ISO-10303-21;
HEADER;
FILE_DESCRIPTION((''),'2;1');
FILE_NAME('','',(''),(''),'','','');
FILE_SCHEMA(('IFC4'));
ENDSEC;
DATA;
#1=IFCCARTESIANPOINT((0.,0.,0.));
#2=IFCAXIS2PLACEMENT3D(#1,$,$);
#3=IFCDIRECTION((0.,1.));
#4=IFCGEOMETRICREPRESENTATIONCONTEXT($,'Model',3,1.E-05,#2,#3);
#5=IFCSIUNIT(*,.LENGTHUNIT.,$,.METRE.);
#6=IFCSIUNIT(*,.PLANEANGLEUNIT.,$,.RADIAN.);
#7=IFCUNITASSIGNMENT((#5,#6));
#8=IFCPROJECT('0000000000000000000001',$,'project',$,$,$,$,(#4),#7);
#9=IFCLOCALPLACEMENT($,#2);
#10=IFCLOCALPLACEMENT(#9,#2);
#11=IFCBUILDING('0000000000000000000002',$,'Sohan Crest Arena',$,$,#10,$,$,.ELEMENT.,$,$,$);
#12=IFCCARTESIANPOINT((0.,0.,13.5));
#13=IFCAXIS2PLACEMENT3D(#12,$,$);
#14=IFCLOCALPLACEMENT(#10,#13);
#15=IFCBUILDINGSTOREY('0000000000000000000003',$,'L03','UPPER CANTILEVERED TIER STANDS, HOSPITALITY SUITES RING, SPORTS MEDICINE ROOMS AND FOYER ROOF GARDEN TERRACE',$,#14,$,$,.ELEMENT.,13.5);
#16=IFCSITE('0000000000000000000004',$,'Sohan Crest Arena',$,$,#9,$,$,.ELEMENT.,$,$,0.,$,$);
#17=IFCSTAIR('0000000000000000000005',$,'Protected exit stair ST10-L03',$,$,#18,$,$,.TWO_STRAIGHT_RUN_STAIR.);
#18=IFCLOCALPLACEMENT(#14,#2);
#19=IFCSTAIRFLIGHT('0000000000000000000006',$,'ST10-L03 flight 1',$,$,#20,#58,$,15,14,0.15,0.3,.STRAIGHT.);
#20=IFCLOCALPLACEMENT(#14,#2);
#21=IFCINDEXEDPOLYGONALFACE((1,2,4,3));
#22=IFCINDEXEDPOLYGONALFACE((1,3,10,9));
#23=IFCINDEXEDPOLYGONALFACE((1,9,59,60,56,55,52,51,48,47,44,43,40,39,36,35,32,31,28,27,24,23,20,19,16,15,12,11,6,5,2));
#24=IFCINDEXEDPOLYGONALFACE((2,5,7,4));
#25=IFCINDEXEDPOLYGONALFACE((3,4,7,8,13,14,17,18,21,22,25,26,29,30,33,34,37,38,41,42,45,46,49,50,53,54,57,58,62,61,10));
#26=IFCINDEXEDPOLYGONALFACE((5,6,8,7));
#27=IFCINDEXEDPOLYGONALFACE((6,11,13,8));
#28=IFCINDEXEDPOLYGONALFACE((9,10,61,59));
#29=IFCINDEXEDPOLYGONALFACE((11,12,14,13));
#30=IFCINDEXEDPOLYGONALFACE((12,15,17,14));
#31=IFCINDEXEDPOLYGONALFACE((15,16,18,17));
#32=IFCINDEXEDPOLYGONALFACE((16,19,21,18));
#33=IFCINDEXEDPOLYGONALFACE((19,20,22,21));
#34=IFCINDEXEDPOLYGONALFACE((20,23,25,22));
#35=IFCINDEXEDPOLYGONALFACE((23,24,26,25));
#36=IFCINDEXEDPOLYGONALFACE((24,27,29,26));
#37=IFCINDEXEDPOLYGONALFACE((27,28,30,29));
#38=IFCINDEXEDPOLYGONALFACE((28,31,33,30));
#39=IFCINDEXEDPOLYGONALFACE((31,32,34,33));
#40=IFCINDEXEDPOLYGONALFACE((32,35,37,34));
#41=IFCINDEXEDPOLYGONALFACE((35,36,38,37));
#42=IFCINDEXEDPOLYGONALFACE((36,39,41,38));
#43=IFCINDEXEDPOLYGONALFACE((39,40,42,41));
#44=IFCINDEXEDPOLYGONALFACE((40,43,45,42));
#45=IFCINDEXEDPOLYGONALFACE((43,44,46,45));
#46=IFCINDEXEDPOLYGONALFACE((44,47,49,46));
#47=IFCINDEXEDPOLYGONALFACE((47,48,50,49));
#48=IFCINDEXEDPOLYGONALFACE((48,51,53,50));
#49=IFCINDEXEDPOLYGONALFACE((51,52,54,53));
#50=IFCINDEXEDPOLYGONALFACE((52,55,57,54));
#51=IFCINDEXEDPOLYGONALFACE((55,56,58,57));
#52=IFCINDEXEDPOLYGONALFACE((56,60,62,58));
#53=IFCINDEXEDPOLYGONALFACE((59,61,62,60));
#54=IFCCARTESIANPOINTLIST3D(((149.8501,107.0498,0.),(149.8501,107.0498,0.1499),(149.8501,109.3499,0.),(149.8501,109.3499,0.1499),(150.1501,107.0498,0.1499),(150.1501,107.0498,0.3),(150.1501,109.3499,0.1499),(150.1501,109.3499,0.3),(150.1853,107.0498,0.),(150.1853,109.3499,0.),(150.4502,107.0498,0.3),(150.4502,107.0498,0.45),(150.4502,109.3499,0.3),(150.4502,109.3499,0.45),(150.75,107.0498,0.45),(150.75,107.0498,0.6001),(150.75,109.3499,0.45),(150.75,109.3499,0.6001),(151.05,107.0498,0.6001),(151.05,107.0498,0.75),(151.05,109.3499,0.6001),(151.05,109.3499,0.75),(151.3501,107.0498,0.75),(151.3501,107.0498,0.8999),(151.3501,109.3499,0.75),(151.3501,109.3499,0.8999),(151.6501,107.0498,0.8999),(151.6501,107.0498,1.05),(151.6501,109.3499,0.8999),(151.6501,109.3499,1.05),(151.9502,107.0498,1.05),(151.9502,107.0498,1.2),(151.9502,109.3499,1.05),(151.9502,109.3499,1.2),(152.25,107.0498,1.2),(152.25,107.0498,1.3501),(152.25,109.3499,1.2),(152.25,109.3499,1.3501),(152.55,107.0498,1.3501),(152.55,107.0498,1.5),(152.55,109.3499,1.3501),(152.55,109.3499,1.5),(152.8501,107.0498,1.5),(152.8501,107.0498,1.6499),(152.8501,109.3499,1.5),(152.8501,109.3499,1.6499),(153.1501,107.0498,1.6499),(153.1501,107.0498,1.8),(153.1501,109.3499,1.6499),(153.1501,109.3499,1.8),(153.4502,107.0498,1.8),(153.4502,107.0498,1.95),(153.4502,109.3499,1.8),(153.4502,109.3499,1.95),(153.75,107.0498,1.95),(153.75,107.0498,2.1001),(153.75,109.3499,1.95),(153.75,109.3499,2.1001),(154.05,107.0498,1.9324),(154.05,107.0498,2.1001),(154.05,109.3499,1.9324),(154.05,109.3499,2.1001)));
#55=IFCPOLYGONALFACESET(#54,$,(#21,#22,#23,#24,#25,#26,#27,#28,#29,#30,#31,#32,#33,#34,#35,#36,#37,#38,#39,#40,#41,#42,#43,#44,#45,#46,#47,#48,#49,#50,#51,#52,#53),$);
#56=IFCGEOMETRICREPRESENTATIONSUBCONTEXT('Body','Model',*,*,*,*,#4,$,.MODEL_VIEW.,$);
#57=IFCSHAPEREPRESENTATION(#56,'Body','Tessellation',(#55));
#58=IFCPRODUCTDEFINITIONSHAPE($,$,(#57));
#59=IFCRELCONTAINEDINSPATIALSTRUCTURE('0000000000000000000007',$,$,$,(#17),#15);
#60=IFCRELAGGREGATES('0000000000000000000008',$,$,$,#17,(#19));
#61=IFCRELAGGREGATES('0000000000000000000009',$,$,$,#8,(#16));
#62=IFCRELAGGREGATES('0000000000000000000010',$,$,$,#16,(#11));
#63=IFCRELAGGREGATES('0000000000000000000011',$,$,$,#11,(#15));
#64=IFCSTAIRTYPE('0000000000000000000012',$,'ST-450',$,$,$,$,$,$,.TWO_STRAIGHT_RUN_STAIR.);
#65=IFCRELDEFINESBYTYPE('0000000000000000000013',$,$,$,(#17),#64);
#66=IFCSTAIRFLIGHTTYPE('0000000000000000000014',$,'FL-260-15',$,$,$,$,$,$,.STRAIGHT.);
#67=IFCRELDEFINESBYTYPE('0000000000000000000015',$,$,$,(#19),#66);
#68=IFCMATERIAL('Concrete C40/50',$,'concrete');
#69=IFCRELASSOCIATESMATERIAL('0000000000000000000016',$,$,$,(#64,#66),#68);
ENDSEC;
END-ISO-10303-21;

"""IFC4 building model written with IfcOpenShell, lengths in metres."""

from ifc_helpers import new_model, si_unit, direction, frame, origin, place, context, subcontext, project, spatial, polyline, outline, extrude, material, type_object, element, aggregate, save


model = new_model("IFC4")

# Units and contexts
model_context = context("Model", 3, precision=1e-05, world=origin(), true_north=direction((0.0, 1.0)))
body_context = subcontext(model_context, "Body", "Model", "MODEL_VIEW")
ifc_project = project(units=[si_unit("LENGTHUNIT", "METRE"), si_unit("PLANEANGLEUNIT", "RADIAN")], contexts=[model_context])

# Site, building, storey
site_placement = place(None, origin())
site = spatial("IfcSite", under=ifc_project, at=site_placement, Name="Sohan Crest Arena", CompositionType="ELEMENT", RefElevation=0.0)
building_placement = place(site_placement, origin())
building = spatial("IfcBuilding", under=site, at=building_placement, Name="Sohan Crest Arena", CompositionType="ELEMENT")
storey_placement = place(building_placement, frame((0.0, 0.0, 13.5)))
storey = spatial("IfcBuildingStorey", under=building, at=storey_placement, Name="L03", Description="UPPER CANTILEVERED TIER STANDS, HOSPITALITY SUITES RING, SPORTS MEDICINE ROOMS AND FOYER ROOF GARDEN TERRACE", CompositionType="ELEMENT", Elevation=13.5)

# Shared definitions
ifc_material_1 = material(Name="Concrete C40/50", Category="concrete")

# Stair, stair flight
stair_type = type_object("IfcStairType", Name="ST-450", PredefinedType="TWO_STRAIGHT_RUN_STAIR", material=ifc_material_1)
stair_placement = place(storey_placement, origin())
stair = element("IfcStair", 1, at=stair_placement, inside=storey, type_object=stair_type, Name="Protected exit stair ST10-L03", PredefinedType="TWO_STRAIGHT_RUN_STAIR")
stair_flight_type = type_object("IfcStairFlightType", Name="FL-260-15", PredefinedType="STRAIGHT", material=ifc_material_1)
stair_flight_placement = place(storey_placement, frame((149.8501, 108.2, 0.0), z_axis=(0.0, 0.0, 1.0), x_axis=(1.0, 0.0, 0.0)))
stair_flight = element("IfcStairFlight", 2, at=stair_flight_placement, type_object=stair_flight_type, Name="ST10-L03 flight 1", NumberOfRisers=15, NumberOfTreads=14, PredefinedType="STRAIGHT", RiserHeight=0.15, TreadLength=0.3, context=body_context, shape_type="SweptSolid", body=[
    extrude(outline(polyline([(0.0, 0.0), (0.0, 0.1499), (0.3, 0.1499), (0.3, 0.3), (0.6001, 0.3), (0.6001, 0.45), (0.8999, 0.45), (0.8999, 0.6001), (1.2, 0.6001), (1.2, 0.75), (1.5, 0.75), (1.5, 0.8999), (1.8, 0.8999), (1.8, 1.05), (2.1001, 1.05), (2.1001, 1.2), (2.3999, 1.2), (2.3999, 1.3501), (2.7, 1.3501), (2.7, 1.5), (3.0, 1.5), (3.0, 1.6499), (3.3, 1.6499), (3.3, 1.8), (3.6001, 1.8), (3.6001, 1.95), (3.8999, 1.95), (3.8999, 2.1001), (4.2, 2.1001), (4.2, 2.25), (4.2, 1.9324), (0.3352, 0.0), (0.0, 0.0)])), frame((0.0, 1.1499, 0.0), z_axis=(0.0, -1.0, 0.0), x_axis=(1.0, 0.0, 0.0)), (0.0, 0.0, 1.0), 2.3),
])
aggregate(stair, [stair_flight])

save(model, "model.ifc")
